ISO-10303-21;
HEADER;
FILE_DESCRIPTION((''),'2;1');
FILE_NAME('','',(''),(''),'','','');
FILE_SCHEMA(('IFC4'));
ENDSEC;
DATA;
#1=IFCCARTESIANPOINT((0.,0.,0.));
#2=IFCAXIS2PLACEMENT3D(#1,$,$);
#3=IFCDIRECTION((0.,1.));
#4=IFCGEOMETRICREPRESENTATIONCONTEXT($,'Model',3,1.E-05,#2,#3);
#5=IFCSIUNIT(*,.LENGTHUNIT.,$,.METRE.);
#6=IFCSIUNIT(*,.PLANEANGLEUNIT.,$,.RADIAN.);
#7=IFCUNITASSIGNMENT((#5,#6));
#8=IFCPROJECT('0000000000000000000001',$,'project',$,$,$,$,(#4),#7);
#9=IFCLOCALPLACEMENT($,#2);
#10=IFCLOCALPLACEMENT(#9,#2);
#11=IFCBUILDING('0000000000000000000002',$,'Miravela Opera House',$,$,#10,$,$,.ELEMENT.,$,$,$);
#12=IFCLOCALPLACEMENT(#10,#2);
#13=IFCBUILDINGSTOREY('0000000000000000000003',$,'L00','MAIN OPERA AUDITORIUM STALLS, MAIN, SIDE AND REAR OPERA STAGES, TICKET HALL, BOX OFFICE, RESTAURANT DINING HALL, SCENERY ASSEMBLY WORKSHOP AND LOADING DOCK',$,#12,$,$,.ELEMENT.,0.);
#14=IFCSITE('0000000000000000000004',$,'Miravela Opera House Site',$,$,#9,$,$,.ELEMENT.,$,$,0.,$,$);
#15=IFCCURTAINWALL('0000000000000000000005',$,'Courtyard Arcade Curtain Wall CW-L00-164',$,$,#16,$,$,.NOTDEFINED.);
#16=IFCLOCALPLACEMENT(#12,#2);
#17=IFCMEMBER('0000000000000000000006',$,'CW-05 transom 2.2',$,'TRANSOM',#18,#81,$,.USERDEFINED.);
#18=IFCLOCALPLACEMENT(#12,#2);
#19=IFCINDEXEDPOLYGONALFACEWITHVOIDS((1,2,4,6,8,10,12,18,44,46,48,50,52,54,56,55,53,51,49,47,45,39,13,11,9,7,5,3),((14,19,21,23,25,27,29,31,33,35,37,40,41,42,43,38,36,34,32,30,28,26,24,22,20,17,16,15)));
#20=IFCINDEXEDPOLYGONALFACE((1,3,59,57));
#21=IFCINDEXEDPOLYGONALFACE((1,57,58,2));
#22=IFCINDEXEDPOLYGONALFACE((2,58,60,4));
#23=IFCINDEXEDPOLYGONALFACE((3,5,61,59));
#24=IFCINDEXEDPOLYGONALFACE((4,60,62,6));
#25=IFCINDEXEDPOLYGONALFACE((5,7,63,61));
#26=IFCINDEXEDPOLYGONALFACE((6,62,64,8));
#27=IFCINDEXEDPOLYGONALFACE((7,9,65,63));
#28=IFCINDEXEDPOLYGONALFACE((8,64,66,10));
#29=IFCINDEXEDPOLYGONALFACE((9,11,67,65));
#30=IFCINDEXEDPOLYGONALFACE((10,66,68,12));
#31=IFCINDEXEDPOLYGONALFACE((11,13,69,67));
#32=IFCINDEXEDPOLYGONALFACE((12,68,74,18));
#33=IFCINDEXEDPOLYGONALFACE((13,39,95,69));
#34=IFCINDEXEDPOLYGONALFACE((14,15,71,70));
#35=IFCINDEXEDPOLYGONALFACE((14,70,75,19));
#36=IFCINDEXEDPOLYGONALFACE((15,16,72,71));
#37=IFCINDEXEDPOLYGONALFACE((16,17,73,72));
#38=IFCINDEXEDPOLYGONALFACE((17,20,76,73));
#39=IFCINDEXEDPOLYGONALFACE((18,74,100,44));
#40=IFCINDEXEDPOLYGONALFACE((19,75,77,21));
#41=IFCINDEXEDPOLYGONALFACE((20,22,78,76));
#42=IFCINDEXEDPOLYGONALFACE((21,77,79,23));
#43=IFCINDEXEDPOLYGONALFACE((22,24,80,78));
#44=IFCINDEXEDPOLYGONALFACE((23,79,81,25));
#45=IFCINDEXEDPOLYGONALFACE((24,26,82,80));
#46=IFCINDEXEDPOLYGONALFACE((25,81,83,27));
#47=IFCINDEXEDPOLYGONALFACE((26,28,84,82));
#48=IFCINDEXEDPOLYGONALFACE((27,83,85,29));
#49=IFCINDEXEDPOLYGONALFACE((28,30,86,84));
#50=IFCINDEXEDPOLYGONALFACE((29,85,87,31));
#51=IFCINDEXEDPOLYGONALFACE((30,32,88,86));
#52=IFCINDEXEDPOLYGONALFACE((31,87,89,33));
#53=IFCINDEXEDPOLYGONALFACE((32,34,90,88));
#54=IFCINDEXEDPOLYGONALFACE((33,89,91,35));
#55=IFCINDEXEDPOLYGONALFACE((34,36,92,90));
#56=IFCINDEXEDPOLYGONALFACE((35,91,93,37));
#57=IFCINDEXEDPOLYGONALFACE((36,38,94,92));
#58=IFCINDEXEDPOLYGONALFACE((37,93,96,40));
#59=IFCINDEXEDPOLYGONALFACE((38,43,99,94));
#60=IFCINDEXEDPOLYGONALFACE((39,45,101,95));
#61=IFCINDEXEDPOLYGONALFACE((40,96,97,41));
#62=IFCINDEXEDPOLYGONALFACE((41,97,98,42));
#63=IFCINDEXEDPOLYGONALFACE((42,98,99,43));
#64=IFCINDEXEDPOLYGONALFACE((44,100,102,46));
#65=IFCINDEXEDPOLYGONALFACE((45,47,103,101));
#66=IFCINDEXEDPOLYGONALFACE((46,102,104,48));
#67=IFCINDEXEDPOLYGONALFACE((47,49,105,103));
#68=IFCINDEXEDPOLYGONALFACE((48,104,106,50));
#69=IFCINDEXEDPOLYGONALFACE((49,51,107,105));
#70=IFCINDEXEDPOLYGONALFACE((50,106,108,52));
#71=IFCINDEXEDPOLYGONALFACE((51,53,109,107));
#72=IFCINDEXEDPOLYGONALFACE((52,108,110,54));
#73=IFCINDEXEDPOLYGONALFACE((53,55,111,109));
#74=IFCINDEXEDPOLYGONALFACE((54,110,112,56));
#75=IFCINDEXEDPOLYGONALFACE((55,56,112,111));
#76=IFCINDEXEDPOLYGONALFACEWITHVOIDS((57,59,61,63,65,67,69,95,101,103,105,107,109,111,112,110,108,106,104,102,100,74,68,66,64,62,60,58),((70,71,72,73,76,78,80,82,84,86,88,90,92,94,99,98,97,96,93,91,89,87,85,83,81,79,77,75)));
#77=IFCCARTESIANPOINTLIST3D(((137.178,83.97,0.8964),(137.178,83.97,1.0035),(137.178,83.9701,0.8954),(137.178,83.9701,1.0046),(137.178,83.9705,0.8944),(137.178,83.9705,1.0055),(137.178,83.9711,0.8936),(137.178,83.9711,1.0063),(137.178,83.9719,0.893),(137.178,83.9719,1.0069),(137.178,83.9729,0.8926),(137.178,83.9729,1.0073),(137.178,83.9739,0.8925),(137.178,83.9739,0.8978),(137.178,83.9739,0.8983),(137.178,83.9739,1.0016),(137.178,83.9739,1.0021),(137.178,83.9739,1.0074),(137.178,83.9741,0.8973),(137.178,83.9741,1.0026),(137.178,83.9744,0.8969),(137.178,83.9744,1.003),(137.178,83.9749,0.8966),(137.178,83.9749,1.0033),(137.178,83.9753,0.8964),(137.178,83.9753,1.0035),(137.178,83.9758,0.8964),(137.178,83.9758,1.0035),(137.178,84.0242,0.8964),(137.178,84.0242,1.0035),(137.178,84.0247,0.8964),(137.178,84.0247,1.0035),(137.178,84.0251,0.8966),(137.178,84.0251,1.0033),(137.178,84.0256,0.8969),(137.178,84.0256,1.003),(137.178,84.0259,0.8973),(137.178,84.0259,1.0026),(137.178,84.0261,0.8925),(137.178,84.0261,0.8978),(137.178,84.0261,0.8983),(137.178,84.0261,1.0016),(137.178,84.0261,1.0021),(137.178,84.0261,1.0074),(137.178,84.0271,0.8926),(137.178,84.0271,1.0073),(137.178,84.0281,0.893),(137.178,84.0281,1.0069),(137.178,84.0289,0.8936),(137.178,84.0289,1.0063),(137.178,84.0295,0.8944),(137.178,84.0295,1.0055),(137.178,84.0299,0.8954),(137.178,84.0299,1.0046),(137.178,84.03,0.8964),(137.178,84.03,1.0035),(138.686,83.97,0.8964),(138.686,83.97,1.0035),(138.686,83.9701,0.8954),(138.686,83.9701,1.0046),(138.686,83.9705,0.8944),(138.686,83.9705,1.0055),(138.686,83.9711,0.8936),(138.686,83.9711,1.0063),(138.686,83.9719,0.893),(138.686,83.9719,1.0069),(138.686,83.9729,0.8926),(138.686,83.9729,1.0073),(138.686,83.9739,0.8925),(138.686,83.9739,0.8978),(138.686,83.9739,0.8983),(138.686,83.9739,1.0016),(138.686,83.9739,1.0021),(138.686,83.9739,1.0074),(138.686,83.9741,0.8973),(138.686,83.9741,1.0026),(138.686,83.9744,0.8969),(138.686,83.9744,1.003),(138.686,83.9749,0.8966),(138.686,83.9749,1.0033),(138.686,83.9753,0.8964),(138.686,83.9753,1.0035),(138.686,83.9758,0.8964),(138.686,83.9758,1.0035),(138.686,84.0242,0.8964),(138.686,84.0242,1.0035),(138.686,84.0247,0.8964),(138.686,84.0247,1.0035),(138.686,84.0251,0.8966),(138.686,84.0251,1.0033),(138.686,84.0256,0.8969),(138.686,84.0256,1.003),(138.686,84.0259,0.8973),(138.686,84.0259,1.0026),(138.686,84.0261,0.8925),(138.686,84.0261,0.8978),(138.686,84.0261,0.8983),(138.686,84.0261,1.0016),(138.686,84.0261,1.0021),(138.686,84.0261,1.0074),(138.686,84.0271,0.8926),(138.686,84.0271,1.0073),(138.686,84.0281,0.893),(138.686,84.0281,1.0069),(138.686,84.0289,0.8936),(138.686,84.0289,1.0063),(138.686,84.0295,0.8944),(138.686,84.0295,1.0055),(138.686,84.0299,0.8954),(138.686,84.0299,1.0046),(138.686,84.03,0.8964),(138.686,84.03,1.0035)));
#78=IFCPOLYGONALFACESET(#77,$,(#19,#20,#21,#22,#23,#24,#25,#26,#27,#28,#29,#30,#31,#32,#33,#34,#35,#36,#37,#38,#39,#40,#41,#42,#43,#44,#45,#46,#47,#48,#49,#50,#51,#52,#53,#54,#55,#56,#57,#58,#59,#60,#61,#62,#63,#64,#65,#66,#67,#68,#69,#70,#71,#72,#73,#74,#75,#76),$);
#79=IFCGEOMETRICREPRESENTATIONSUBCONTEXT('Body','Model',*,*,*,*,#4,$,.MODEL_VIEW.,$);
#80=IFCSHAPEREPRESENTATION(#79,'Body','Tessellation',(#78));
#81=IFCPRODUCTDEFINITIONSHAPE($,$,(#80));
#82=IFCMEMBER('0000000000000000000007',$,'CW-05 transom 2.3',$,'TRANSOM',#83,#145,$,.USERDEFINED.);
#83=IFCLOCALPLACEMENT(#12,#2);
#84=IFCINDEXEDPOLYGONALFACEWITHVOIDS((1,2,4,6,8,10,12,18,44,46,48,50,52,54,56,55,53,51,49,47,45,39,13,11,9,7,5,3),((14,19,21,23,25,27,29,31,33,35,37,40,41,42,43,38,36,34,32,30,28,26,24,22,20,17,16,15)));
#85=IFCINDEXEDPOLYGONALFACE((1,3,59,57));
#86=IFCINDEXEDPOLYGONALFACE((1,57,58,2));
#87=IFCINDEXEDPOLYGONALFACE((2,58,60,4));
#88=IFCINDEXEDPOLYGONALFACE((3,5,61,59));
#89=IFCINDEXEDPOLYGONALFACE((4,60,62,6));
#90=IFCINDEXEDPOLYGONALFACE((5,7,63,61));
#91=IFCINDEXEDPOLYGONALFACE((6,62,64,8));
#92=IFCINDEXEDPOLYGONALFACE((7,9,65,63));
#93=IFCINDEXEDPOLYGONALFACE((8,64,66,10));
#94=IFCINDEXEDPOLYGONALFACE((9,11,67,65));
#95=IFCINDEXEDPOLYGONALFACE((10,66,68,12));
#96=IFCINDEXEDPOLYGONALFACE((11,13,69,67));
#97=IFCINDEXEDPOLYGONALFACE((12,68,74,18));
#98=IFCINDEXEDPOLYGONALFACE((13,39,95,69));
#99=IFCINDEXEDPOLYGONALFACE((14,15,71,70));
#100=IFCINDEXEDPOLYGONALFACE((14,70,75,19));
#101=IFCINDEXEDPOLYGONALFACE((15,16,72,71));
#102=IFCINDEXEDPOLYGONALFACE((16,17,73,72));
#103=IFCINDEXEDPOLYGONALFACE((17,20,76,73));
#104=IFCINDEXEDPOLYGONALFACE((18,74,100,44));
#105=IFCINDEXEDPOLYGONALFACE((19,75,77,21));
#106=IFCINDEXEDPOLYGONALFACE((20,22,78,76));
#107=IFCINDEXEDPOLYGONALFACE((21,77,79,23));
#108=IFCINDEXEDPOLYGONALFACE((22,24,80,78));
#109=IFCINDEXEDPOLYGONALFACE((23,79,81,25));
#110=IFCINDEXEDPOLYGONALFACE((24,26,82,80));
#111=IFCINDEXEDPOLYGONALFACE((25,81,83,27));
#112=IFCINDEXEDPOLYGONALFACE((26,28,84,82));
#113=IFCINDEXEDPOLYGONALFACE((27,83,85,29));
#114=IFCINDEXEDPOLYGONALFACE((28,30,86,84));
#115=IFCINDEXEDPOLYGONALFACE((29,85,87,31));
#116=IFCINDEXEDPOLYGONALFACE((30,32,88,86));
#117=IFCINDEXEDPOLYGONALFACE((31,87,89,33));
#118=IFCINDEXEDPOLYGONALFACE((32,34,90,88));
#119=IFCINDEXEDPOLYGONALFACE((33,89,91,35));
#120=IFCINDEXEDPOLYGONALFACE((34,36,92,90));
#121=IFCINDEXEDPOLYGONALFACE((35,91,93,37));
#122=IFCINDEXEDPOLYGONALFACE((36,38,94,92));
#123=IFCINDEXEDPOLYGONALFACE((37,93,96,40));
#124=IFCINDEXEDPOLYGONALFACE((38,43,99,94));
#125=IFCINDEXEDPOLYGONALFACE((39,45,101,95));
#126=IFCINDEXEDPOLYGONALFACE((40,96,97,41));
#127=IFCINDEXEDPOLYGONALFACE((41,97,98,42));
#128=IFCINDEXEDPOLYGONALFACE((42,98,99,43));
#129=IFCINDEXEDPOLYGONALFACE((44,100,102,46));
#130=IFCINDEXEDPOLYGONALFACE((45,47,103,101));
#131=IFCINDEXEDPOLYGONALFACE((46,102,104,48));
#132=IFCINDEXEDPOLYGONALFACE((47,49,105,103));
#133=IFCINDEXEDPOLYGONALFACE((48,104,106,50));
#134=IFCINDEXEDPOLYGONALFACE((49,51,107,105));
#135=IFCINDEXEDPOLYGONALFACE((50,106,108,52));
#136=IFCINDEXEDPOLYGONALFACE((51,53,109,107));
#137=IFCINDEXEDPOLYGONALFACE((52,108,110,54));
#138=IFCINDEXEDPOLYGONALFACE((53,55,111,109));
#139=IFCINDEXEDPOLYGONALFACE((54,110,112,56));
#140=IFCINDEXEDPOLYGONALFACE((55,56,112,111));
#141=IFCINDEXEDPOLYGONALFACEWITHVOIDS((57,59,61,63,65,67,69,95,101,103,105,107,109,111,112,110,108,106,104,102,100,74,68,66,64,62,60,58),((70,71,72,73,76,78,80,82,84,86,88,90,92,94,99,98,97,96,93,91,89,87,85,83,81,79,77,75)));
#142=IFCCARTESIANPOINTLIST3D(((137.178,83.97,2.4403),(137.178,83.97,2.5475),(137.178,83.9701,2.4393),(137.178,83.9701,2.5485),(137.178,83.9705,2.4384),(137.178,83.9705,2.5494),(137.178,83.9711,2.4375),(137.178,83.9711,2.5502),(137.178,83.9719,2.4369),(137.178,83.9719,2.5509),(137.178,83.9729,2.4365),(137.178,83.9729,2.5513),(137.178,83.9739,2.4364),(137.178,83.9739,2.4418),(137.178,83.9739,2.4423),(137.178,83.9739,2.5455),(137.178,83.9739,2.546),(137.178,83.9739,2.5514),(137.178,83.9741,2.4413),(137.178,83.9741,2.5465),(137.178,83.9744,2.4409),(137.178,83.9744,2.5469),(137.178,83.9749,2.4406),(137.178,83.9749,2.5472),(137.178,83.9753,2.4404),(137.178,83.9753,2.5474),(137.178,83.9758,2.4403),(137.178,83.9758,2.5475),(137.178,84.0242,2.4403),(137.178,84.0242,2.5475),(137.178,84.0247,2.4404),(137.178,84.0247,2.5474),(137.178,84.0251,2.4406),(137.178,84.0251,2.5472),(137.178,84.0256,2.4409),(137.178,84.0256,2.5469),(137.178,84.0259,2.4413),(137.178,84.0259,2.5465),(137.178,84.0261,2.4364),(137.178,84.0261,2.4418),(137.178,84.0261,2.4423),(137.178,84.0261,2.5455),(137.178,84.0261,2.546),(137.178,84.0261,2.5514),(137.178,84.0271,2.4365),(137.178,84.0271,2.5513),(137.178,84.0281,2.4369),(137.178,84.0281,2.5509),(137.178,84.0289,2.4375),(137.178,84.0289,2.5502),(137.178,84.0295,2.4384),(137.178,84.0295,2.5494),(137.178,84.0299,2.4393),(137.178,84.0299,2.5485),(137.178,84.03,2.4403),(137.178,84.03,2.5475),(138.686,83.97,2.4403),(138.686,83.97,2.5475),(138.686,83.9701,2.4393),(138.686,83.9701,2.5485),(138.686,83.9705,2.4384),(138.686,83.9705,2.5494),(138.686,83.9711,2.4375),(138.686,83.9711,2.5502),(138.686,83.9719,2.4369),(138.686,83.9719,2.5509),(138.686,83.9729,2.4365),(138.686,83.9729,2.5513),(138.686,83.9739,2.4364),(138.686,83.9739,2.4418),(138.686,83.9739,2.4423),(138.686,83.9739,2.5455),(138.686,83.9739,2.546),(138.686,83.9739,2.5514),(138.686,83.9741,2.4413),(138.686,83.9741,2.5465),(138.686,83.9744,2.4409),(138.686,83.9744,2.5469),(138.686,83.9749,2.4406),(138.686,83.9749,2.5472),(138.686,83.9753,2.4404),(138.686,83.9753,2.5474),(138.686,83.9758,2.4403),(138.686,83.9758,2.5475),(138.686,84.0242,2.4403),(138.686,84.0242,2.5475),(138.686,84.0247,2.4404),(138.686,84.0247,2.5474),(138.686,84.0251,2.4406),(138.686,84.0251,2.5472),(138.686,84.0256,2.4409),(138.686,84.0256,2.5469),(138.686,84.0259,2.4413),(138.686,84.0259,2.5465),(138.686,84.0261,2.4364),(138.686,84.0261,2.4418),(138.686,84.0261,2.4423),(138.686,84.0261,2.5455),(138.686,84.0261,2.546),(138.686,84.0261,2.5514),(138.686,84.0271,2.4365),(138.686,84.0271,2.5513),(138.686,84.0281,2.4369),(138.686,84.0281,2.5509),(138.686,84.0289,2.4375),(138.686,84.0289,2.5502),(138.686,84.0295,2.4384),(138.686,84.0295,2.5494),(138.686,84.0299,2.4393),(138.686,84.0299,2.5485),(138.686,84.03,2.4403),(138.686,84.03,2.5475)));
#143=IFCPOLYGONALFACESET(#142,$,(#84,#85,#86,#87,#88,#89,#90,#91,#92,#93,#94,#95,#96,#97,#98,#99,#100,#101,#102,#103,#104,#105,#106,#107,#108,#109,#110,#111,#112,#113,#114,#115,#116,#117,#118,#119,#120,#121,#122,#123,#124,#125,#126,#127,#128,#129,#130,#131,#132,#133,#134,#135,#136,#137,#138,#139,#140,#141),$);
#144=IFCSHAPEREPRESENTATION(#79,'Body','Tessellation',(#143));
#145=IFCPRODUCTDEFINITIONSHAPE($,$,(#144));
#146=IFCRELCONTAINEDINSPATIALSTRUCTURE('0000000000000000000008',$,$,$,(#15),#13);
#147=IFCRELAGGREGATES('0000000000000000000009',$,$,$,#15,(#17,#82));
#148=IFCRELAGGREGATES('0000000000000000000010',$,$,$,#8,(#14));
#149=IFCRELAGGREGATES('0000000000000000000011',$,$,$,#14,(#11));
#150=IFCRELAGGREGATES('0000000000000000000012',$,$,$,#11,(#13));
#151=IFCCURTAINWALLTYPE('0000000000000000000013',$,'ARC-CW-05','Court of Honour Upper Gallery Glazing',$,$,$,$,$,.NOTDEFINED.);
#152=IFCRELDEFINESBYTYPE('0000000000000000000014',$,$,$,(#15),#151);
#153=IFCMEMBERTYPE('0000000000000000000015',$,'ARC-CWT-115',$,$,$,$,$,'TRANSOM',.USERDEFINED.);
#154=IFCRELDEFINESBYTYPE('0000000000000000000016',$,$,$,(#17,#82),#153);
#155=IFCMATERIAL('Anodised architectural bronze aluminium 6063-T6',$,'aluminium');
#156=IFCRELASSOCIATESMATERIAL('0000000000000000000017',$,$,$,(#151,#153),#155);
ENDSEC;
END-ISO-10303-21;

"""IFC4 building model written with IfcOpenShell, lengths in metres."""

from ifc_helpers import new_model, si_unit, direction, frame, origin, origin_2d, place, context, subcontext, project, spatial, hollow_rectangle, extrude, material, material_profile, profile_set, type_object, element, aggregate, save


model = new_model("IFC4")

# Units and contexts
model_context = context("Model", 3, precision=1e-05, world=origin(), true_north=direction((0.0, 1.0)))
body_context = subcontext(model_context, "Body", "Model", "MODEL_VIEW")
ifc_project = project(units=[si_unit("LENGTHUNIT", "METRE"), si_unit("PLANEANGLEUNIT", "RADIAN")], contexts=[model_context])

# Site, building, storey
site_placement = place(None, origin())
site = spatial("IfcSite", under=ifc_project, at=site_placement, Name="Miravela Opera House Site", CompositionType="ELEMENT", RefElevation=0.0)
building_placement = place(site_placement, origin())
building = spatial("IfcBuilding", under=site, at=building_placement, Name="Miravela Opera House", CompositionType="ELEMENT")
storey_placement = place(building_placement, origin())
storey = spatial("IfcBuildingStorey", under=building, at=storey_placement, Name="L00", Description="MAIN OPERA AUDITORIUM STALLS, MAIN, SIDE AND REAR OPERA STAGES, TICKET HALL, BOX OFFICE, RESTAURANT DINING HALL, SCENERY ASSEMBLY WORKSHOP AND LOADING DOCK", CompositionType="ELEMENT", Elevation=0.0)

# Curtain wall, members
ifc_material_1 = material(Name="Anodised architectural bronze aluminium 6063-T6", Category="aluminium")
curtain_wall_type = type_object("IfcCurtainWallType", Name="ARC-CW-05", Description="Court of Honour Upper Gallery Glazing", PredefinedType="NOTDEFINED", material=ifc_material_1)
curtain_wall_placement = place(storey_placement, origin())
curtain_wall = element("IfcCurtainWall", 1, at=curtain_wall_placement, inside=storey, type_object=curtain_wall_type, Name="Courtyard Arcade Curtain Wall CW-L00-164", PredefinedType="NOTDEFINED")
ifc_material_profile_1 = material_profile(ifc_material_1, hollow_rectangle(XDim=0.0601, YDim=0.115, WallThickness=0.0039, InnerFilletRadius=0.002, OuterFilletRadius=0.0039, at=origin_2d()), Name="CWT-60X115")
ifc_profile_set_1 = profile_set([ifc_material_profile_1])
member_type_1 = type_object("IfcMemberType", Name="ARC-CWT-115", ElementType="TRANSOM", PredefinedType="USERDEFINED", material=ifc_profile_set_1)
member_1_placement = place(storey_placement, frame((137.178, 84.0, 0.95), z_axis=(1.0, 0.0, 0.0), x_axis=(0.0, 1.0, 0.0)))
member_1 = element("IfcMember", 2, at=member_1_placement, type_object=member_type_1, Name="CW-05 transom 2.2", ObjectType="TRANSOM", PredefinedType="USERDEFINED", context=body_context, shape_type="SweptSolid", body=[
    extrude(hollow_rectangle(XDim=0.0601, YDim=0.115, WallThickness=0.0039, InnerFilletRadius=0.002, OuterFilletRadius=0.0039, at=origin_2d()), origin(), (0.0, 0.0, 1.0), 1.5081),
])
member_2_placement = place(storey_placement, frame((137.178, 84.0, 2.4939), z_axis=(1.0, 0.0, 0.0), x_axis=(0.0, 1.0, 0.0)))
member_2 = element("IfcMember", 3, at=member_2_placement, type_object=member_type_1, Name="CW-05 transom 2.3", ObjectType="TRANSOM", PredefinedType="USERDEFINED", context=body_context, shape_type="SweptSolid", body=[
    extrude(hollow_rectangle(XDim=0.0601, YDim=0.115, WallThickness=0.0039, InnerFilletRadius=0.002, OuterFilletRadius=0.0039, at=origin_2d()), origin(), (0.0, 0.0, 1.0), 1.5081),
])

aggregate(curtain_wall, [member_1, member_2])

save(model, "model.ifc")
